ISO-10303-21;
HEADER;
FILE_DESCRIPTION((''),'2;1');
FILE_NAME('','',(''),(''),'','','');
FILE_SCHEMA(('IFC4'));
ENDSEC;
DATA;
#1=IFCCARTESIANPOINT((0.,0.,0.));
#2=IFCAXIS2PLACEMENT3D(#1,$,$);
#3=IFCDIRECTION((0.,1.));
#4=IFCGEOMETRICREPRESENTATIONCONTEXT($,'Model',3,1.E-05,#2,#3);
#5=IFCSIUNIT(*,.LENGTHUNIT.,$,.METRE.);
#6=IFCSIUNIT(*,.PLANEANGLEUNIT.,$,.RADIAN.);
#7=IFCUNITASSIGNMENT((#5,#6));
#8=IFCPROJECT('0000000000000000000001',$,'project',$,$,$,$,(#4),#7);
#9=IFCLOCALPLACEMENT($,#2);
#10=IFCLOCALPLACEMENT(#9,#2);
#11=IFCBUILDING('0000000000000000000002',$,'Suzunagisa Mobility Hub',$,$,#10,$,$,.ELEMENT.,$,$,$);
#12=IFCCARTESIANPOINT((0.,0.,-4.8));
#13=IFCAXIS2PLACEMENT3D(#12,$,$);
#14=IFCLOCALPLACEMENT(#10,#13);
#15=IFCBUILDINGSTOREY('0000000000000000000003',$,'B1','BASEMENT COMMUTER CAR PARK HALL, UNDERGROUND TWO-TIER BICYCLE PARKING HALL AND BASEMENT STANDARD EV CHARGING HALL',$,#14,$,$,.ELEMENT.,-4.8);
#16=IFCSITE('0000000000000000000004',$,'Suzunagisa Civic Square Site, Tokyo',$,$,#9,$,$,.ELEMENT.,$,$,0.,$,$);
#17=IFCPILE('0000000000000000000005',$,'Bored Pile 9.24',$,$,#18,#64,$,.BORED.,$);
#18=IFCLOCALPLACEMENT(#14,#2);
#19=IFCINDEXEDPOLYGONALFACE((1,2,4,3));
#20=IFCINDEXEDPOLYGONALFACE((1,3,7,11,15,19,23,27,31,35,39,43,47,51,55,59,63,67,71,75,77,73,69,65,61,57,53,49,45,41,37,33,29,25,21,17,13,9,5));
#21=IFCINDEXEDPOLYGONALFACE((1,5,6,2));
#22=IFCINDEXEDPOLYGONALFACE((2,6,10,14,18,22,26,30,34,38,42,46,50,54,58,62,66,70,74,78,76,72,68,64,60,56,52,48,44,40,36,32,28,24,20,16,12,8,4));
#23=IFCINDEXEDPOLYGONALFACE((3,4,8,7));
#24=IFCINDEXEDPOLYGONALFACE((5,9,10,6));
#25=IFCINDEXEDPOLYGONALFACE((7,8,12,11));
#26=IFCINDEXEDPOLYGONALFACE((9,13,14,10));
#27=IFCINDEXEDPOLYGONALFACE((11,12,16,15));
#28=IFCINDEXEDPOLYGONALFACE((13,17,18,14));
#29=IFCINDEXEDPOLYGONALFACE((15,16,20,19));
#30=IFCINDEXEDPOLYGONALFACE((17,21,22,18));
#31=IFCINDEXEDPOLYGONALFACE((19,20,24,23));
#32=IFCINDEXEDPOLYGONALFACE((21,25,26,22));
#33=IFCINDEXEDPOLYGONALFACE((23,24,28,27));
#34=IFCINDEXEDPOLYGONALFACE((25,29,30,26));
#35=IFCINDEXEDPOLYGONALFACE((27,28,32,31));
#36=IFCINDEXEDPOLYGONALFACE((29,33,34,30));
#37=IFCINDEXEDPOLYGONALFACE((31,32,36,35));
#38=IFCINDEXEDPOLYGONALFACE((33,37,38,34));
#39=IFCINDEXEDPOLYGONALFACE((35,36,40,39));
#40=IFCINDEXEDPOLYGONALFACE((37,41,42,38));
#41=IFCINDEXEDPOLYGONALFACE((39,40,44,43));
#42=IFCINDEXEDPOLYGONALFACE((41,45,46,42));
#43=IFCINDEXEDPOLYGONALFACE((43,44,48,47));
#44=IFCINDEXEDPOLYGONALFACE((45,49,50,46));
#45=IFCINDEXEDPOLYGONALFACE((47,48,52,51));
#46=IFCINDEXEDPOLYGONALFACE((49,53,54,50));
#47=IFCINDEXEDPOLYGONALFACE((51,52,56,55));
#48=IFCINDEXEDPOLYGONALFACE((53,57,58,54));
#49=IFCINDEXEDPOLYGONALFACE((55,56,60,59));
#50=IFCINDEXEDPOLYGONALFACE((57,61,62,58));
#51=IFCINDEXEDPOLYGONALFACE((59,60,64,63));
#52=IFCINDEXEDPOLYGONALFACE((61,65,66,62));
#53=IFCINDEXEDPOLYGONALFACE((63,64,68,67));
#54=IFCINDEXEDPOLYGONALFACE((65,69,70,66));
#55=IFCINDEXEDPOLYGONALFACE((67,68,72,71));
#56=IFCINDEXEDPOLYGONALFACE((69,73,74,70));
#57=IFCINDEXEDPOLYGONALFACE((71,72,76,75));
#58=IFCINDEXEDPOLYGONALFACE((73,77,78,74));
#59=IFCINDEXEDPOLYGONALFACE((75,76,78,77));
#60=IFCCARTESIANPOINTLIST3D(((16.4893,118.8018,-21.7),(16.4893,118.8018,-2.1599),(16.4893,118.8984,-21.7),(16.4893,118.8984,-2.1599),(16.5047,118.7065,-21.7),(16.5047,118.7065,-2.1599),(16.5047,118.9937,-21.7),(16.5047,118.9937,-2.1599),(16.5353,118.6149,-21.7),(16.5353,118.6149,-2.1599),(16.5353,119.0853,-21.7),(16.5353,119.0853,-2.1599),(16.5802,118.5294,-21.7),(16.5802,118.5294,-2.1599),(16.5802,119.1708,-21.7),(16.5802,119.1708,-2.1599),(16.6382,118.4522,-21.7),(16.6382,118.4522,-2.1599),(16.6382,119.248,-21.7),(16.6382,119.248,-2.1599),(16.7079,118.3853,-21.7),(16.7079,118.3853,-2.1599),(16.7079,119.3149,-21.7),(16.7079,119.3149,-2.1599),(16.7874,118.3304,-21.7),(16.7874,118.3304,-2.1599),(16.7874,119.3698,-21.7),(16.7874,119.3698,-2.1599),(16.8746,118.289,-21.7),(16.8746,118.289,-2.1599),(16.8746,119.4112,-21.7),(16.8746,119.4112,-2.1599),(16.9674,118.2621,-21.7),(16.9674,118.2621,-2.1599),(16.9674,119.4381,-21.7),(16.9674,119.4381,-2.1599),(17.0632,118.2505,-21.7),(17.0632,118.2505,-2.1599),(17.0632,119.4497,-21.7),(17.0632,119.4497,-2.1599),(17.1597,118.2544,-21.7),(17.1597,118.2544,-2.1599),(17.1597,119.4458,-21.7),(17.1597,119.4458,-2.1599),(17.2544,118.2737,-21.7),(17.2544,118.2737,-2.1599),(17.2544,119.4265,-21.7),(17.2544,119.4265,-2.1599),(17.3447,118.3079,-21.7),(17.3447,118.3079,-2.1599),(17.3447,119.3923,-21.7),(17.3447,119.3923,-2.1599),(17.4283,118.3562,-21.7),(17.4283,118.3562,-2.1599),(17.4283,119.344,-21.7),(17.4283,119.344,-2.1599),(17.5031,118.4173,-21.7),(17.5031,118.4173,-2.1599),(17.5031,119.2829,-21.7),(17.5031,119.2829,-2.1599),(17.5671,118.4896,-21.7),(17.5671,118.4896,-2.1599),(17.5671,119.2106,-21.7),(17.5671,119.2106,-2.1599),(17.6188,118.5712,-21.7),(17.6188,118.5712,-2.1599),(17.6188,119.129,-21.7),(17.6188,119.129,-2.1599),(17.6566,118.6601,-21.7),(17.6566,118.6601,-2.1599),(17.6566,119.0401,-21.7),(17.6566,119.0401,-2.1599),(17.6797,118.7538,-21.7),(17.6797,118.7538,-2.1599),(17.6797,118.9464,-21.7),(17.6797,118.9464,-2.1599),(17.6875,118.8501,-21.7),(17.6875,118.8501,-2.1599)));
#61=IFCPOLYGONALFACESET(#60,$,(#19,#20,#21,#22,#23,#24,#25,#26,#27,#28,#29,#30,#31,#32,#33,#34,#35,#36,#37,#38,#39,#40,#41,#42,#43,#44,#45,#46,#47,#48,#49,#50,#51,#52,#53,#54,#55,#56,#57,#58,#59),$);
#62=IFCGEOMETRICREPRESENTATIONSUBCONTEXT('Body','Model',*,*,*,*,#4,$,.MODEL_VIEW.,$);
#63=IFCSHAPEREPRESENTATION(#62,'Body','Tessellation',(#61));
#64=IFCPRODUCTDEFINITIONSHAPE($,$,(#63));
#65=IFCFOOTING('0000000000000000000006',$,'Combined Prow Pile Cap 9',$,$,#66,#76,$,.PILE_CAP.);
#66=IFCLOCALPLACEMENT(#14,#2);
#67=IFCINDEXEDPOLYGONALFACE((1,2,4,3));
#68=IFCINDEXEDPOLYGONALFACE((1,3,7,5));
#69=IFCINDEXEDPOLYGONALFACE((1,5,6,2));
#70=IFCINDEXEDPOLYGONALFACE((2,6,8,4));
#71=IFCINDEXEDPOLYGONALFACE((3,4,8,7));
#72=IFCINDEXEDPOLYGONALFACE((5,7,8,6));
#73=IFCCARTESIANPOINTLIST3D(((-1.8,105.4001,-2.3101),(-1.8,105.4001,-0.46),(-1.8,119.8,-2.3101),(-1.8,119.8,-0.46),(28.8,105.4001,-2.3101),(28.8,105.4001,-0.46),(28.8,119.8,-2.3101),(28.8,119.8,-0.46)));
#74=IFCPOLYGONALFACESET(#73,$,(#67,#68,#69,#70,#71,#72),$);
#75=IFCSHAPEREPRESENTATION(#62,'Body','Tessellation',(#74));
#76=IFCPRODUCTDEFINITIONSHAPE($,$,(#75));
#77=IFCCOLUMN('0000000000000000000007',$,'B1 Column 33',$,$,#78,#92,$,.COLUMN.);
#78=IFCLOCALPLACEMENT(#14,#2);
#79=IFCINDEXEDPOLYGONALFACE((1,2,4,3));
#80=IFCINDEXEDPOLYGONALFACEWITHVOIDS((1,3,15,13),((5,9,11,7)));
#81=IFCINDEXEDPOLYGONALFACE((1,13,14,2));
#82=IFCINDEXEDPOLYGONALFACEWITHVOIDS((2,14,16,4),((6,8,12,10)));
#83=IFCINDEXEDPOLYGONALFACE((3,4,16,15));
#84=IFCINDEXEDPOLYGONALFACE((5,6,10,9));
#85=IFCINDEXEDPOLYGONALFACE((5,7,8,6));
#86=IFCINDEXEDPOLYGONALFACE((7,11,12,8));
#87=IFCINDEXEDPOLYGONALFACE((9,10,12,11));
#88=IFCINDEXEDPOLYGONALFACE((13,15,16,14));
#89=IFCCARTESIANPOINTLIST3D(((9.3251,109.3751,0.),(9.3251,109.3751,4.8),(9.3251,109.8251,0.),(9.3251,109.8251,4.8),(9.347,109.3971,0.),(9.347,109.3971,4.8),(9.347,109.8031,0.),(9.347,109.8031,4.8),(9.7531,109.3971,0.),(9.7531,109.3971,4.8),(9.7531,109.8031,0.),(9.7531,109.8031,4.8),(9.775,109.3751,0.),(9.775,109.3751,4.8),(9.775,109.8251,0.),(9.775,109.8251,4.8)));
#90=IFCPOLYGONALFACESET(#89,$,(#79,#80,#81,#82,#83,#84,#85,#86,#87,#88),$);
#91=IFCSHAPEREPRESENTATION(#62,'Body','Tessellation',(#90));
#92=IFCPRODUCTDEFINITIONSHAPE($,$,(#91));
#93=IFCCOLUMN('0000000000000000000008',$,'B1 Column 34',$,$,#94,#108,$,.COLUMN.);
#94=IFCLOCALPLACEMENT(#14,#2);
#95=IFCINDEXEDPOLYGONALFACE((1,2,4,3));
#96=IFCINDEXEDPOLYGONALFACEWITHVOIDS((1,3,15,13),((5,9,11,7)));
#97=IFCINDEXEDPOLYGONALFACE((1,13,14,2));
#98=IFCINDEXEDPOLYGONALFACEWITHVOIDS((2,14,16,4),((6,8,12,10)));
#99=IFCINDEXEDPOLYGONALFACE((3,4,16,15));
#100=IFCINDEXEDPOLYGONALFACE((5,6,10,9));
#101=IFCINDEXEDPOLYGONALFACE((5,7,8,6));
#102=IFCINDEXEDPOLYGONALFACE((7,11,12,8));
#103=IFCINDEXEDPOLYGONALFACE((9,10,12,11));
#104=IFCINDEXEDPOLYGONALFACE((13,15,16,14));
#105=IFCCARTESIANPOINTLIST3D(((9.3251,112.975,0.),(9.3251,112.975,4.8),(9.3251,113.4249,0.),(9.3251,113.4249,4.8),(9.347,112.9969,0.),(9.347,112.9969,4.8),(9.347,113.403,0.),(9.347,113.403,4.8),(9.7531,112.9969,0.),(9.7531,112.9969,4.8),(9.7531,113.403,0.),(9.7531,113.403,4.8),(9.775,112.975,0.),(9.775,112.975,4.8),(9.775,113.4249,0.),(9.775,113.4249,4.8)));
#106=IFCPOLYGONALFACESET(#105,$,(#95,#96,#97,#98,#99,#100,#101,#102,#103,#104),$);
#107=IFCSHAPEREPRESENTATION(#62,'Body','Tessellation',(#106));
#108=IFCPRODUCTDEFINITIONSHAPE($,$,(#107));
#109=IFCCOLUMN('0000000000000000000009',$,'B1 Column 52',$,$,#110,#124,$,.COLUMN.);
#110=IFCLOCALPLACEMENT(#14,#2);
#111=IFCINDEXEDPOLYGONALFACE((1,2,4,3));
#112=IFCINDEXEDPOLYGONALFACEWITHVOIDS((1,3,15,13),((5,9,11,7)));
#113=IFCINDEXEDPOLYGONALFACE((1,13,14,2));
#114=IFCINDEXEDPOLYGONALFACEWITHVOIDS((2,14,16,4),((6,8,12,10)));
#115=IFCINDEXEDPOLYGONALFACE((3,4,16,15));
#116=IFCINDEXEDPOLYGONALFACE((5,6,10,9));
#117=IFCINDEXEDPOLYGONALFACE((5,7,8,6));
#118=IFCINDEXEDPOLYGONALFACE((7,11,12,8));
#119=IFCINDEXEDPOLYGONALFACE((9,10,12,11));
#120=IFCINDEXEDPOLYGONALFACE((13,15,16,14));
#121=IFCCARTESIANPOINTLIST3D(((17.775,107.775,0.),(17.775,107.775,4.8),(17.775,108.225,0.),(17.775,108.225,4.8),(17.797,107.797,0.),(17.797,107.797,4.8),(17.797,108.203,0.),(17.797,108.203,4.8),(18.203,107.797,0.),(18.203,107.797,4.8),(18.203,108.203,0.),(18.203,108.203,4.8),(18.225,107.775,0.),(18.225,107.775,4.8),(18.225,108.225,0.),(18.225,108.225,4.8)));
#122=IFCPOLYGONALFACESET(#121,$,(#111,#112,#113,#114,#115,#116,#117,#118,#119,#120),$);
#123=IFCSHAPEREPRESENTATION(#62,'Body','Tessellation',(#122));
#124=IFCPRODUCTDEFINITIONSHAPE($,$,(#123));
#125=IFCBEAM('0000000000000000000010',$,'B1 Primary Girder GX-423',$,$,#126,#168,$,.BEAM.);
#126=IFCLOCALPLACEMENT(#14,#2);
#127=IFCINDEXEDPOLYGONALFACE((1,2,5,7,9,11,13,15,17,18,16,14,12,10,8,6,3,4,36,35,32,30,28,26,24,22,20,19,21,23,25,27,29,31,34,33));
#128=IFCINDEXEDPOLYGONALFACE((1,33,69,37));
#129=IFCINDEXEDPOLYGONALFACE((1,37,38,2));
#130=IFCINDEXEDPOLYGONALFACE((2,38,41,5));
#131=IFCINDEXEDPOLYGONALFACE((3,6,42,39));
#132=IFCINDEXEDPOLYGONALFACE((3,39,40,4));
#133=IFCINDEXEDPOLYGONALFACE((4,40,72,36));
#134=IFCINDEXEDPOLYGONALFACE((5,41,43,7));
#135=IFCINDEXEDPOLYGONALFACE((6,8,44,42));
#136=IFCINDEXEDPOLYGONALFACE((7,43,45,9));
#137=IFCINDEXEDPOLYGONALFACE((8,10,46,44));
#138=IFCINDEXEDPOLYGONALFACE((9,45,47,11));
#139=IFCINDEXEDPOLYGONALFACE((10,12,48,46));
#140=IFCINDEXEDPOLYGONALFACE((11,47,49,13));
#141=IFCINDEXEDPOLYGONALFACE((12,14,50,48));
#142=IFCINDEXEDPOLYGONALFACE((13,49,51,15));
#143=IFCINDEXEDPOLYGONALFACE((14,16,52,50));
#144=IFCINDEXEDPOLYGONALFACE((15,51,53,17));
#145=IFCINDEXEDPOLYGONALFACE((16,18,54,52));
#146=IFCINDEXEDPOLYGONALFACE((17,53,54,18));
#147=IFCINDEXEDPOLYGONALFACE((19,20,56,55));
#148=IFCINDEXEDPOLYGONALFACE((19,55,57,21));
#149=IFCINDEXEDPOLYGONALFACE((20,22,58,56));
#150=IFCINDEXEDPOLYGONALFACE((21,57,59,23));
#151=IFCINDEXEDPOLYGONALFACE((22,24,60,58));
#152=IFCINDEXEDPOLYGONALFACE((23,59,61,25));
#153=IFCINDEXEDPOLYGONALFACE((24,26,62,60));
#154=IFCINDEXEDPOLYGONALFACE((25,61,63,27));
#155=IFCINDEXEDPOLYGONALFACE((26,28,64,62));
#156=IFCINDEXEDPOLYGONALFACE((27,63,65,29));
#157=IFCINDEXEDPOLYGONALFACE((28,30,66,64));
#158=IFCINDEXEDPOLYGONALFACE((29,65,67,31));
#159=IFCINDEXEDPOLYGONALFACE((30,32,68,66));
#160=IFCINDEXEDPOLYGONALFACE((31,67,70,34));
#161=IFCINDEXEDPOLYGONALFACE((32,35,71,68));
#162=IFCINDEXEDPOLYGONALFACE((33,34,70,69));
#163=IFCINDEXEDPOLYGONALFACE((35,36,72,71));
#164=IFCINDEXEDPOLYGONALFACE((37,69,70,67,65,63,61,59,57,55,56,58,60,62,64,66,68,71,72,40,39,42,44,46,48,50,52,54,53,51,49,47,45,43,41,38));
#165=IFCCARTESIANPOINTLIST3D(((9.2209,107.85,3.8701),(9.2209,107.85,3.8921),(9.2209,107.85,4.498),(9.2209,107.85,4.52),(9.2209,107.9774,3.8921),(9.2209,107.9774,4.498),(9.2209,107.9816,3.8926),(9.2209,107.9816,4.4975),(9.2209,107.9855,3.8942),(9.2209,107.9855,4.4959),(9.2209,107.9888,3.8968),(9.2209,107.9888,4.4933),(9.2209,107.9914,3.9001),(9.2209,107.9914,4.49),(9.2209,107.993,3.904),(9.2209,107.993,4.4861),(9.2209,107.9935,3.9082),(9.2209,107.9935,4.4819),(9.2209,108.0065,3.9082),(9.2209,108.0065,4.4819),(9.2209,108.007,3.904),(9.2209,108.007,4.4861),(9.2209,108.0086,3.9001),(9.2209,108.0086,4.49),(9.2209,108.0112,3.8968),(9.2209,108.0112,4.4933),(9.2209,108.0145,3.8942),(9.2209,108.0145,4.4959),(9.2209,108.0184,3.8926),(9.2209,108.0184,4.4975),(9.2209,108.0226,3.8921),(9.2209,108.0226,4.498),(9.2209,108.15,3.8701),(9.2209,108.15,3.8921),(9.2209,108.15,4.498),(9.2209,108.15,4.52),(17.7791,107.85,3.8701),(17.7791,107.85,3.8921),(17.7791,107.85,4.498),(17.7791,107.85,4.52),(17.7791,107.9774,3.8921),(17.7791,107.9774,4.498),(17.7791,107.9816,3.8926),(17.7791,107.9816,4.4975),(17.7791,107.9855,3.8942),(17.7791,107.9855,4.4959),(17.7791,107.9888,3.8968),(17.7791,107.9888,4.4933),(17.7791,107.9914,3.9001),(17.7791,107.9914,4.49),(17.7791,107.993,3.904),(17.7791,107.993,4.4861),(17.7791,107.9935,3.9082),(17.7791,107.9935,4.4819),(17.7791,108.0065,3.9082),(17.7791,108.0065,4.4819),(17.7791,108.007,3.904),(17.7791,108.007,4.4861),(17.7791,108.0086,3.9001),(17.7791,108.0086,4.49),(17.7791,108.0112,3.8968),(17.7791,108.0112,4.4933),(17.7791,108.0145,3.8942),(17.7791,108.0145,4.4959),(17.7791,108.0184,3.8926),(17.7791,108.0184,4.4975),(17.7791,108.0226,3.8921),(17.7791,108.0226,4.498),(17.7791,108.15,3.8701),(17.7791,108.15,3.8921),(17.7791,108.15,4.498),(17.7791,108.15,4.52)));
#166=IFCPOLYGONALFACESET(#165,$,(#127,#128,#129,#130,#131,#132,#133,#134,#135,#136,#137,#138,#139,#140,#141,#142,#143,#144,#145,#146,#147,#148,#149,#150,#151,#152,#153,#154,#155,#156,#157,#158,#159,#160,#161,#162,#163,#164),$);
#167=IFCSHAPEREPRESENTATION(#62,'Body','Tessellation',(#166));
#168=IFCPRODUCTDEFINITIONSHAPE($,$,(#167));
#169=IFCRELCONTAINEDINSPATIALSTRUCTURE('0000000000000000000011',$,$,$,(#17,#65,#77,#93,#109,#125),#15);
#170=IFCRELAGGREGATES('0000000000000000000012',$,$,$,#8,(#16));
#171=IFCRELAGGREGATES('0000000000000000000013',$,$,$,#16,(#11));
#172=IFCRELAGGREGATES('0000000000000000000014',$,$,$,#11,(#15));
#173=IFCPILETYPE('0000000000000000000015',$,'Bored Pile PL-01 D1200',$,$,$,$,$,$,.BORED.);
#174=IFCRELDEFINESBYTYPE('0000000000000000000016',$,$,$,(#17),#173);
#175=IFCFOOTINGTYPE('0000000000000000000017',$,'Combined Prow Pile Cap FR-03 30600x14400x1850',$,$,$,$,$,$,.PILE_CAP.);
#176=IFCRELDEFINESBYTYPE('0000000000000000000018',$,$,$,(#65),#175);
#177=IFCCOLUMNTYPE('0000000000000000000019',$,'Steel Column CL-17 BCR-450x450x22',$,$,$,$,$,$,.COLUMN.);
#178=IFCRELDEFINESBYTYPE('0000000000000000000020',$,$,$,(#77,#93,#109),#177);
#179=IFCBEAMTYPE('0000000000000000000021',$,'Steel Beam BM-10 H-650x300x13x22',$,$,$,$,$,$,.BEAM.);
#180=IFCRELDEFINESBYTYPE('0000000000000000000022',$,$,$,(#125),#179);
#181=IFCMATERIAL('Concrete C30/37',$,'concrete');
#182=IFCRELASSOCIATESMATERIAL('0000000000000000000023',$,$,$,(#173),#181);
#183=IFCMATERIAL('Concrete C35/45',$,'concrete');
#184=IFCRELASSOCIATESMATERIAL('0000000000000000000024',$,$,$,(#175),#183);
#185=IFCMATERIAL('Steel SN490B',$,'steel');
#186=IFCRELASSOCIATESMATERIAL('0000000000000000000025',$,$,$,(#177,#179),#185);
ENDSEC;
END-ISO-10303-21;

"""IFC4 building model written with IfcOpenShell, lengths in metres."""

from ifc_helpers import new_model, si_unit, direction, frame, origin, origin_2d, place, context, subcontext, project, spatial, rectangle, hollow_rectangle, circle, i_section, extrude, material, material_profile, profile_set, type_object, element, save


model = new_model("IFC4")

# Units and contexts
model_context = context("Model", 3, precision=1e-05, world=origin(), true_north=direction((0.0, 1.0)))
body_context = subcontext(model_context, "Body", "Model", "MODEL_VIEW")
ifc_project = project(units=[si_unit("LENGTHUNIT", "METRE"), si_unit("PLANEANGLEUNIT", "RADIAN")], contexts=[model_context])

# Site, building, storey
site_placement = place(None, origin())
site = spatial("IfcSite", under=ifc_project, at=site_placement, Name="Suzunagisa Civic Square Site, Tokyo", CompositionType="ELEMENT", RefElevation=0.0)
building_placement = place(site_placement, origin())
building = spatial("IfcBuilding", under=site, at=building_placement, Name="Suzunagisa Mobility Hub", CompositionType="ELEMENT")
storey_placement = place(building_placement, frame((0.0, 0.0, -4.8)))
storey = spatial("IfcBuildingStorey", under=building, at=storey_placement, Name="B1", Description="BASEMENT COMMUTER CAR PARK HALL, UNDERGROUND TWO-TIER BICYCLE PARKING HALL AND BASEMENT STANDARD EV CHARGING HALL", CompositionType="ELEMENT", Elevation=-4.8)

# Pile
ifc_material_1 = material(Name="Concrete C30/37", Category="concrete")
ifc_material_profile_1 = material_profile(ifc_material_1, circle(Radius=0.6001, at=origin_2d()), Name="BORED PILE D1200")
ifc_profile_set_1 = profile_set([ifc_material_profile_1], Name="Concrete C30/37")
pile_type = type_object("IfcPileType", Name="Bored Pile PL-01 D1200", PredefinedType="BORED", material=ifc_profile_set_1)
for number, where, z_axis, x_axis, name in (
    (1, (17.0874, 118.8501, -2.1599), (0.0, 0.0, -1.0), (1.0, 0.0, 0.0), "Bored Pile 9.24"),
):
    element("IfcPile", number, at=place(storey_placement, frame(where, z_axis=z_axis, x_axis=x_axis)), inside=storey, type_object=pile_type, Name=name, PredefinedType="BORED", context=body_context, shape_type="SweptSolid", body=[
        extrude(circle(Radius=0.6001, at=origin_2d()), origin(), (0.0, 0.0, 1.0), 19.54),
    ])

# Footing
ifc_material_2 = material(Name="Concrete C35/45", Category="concrete")
footing_type = type_object("IfcFootingType", Name="Combined Prow Pile Cap FR-03 30600x14400x1850", PredefinedType="PILE_CAP", material=ifc_material_2)
footing_placement = place(storey_placement, frame((13.5, 112.6001, -2.3101), z_axis=(0.0, 0.0, 1.0), x_axis=(1.0, 0.0, 0.0)))
element("IfcFooting", 2, at=footing_placement, inside=storey, type_object=footing_type, Name="Combined Prow Pile Cap 9", PredefinedType="PILE_CAP", context=body_context, shape_type="SweptSolid", body=[
    extrude(rectangle(XDim=30.6001, YDim=14.3999, at=origin_2d()), origin(), (0.0, 0.0, 1.0), 1.8501),
])

# Columns
ifc_material_3 = material(Name="Steel SN490B", Category="steel")
ifc_material_profile_2 = material_profile(ifc_material_3, hollow_rectangle(XDim=0.45, YDim=0.45, WallThickness=0.022, at=origin_2d()), Name="BCR-450x450x22")
ifc_profile_set_2 = profile_set([ifc_material_profile_2], Name="Steel SN490B")
column_type = type_object("IfcColumnType", Name="Steel Column CL-17 BCR-450x450x22", PredefinedType="COLUMN", material=ifc_profile_set_2)
for number, where, z_axis, x_axis, name in (
    (3, (9.55, 109.6001, 0.0), (0.0, 0.0, 1.0), (1.0, 0.0, 0.0), "B1 Column 33"),
    (4, (9.55, 113.2, 0.0), (0.0, 0.0, 1.0), (1.0, 0.0, 0.0), "B1 Column 34"),
    (5, (18.0, 108.0, 0.0), (0.0, 0.0, 1.0), (1.0, 0.0, 0.0), "B1 Column 52"),
):
    element("IfcColumn", number, at=place(storey_placement, frame(where, z_axis=z_axis, x_axis=x_axis)), inside=storey, type_object=column_type, Name=name, PredefinedType="COLUMN", context=body_context, shape_type="SweptSolid", body=[
        extrude(hollow_rectangle(XDim=0.45, YDim=0.45, WallThickness=0.022, at=origin_2d()), origin(), (0.0, 0.0, 1.0), 4.8),
    ])

# Beam
ifc_material_profile_3 = material_profile(ifc_material_3, i_section(OverallWidth=0.3, OverallDepth=0.6499, WebThickness=0.0129, FlangeThickness=0.022, FilletRadius=0.0161, at=origin_2d()), Name="H-650x300x13x22")
ifc_profile_set_3 = profile_set([ifc_material_profile_3], Name="Steel SN490B")
beam_type_1 = type_object("IfcBeamType", Name="Steel Beam BM-10 H-650x300x13x22", PredefinedType="BEAM", material=ifc_profile_set_3)
beam_1_placement = place(storey_placement, frame((9.2209, 108.0, 4.1951), z_axis=(1.0, 0.0, 0.0), x_axis=(0.0, 1.0, 0.0)))
element("IfcBeam", 6, at=beam_1_placement, inside=storey, type_object=beam_type_1, Name="B1 Primary Girder GX-423", PredefinedType="BEAM", context=body_context, shape_type="SweptSolid", body=[
    extrude(i_section(OverallWidth=0.3, OverallDepth=0.6499, WebThickness=0.0129, FlangeThickness=0.022, FilletRadius=0.0161, at=origin_2d()), origin(), (0.0, 0.0, 1.0), 8.5581),
])

save(model, "model.ifc")
